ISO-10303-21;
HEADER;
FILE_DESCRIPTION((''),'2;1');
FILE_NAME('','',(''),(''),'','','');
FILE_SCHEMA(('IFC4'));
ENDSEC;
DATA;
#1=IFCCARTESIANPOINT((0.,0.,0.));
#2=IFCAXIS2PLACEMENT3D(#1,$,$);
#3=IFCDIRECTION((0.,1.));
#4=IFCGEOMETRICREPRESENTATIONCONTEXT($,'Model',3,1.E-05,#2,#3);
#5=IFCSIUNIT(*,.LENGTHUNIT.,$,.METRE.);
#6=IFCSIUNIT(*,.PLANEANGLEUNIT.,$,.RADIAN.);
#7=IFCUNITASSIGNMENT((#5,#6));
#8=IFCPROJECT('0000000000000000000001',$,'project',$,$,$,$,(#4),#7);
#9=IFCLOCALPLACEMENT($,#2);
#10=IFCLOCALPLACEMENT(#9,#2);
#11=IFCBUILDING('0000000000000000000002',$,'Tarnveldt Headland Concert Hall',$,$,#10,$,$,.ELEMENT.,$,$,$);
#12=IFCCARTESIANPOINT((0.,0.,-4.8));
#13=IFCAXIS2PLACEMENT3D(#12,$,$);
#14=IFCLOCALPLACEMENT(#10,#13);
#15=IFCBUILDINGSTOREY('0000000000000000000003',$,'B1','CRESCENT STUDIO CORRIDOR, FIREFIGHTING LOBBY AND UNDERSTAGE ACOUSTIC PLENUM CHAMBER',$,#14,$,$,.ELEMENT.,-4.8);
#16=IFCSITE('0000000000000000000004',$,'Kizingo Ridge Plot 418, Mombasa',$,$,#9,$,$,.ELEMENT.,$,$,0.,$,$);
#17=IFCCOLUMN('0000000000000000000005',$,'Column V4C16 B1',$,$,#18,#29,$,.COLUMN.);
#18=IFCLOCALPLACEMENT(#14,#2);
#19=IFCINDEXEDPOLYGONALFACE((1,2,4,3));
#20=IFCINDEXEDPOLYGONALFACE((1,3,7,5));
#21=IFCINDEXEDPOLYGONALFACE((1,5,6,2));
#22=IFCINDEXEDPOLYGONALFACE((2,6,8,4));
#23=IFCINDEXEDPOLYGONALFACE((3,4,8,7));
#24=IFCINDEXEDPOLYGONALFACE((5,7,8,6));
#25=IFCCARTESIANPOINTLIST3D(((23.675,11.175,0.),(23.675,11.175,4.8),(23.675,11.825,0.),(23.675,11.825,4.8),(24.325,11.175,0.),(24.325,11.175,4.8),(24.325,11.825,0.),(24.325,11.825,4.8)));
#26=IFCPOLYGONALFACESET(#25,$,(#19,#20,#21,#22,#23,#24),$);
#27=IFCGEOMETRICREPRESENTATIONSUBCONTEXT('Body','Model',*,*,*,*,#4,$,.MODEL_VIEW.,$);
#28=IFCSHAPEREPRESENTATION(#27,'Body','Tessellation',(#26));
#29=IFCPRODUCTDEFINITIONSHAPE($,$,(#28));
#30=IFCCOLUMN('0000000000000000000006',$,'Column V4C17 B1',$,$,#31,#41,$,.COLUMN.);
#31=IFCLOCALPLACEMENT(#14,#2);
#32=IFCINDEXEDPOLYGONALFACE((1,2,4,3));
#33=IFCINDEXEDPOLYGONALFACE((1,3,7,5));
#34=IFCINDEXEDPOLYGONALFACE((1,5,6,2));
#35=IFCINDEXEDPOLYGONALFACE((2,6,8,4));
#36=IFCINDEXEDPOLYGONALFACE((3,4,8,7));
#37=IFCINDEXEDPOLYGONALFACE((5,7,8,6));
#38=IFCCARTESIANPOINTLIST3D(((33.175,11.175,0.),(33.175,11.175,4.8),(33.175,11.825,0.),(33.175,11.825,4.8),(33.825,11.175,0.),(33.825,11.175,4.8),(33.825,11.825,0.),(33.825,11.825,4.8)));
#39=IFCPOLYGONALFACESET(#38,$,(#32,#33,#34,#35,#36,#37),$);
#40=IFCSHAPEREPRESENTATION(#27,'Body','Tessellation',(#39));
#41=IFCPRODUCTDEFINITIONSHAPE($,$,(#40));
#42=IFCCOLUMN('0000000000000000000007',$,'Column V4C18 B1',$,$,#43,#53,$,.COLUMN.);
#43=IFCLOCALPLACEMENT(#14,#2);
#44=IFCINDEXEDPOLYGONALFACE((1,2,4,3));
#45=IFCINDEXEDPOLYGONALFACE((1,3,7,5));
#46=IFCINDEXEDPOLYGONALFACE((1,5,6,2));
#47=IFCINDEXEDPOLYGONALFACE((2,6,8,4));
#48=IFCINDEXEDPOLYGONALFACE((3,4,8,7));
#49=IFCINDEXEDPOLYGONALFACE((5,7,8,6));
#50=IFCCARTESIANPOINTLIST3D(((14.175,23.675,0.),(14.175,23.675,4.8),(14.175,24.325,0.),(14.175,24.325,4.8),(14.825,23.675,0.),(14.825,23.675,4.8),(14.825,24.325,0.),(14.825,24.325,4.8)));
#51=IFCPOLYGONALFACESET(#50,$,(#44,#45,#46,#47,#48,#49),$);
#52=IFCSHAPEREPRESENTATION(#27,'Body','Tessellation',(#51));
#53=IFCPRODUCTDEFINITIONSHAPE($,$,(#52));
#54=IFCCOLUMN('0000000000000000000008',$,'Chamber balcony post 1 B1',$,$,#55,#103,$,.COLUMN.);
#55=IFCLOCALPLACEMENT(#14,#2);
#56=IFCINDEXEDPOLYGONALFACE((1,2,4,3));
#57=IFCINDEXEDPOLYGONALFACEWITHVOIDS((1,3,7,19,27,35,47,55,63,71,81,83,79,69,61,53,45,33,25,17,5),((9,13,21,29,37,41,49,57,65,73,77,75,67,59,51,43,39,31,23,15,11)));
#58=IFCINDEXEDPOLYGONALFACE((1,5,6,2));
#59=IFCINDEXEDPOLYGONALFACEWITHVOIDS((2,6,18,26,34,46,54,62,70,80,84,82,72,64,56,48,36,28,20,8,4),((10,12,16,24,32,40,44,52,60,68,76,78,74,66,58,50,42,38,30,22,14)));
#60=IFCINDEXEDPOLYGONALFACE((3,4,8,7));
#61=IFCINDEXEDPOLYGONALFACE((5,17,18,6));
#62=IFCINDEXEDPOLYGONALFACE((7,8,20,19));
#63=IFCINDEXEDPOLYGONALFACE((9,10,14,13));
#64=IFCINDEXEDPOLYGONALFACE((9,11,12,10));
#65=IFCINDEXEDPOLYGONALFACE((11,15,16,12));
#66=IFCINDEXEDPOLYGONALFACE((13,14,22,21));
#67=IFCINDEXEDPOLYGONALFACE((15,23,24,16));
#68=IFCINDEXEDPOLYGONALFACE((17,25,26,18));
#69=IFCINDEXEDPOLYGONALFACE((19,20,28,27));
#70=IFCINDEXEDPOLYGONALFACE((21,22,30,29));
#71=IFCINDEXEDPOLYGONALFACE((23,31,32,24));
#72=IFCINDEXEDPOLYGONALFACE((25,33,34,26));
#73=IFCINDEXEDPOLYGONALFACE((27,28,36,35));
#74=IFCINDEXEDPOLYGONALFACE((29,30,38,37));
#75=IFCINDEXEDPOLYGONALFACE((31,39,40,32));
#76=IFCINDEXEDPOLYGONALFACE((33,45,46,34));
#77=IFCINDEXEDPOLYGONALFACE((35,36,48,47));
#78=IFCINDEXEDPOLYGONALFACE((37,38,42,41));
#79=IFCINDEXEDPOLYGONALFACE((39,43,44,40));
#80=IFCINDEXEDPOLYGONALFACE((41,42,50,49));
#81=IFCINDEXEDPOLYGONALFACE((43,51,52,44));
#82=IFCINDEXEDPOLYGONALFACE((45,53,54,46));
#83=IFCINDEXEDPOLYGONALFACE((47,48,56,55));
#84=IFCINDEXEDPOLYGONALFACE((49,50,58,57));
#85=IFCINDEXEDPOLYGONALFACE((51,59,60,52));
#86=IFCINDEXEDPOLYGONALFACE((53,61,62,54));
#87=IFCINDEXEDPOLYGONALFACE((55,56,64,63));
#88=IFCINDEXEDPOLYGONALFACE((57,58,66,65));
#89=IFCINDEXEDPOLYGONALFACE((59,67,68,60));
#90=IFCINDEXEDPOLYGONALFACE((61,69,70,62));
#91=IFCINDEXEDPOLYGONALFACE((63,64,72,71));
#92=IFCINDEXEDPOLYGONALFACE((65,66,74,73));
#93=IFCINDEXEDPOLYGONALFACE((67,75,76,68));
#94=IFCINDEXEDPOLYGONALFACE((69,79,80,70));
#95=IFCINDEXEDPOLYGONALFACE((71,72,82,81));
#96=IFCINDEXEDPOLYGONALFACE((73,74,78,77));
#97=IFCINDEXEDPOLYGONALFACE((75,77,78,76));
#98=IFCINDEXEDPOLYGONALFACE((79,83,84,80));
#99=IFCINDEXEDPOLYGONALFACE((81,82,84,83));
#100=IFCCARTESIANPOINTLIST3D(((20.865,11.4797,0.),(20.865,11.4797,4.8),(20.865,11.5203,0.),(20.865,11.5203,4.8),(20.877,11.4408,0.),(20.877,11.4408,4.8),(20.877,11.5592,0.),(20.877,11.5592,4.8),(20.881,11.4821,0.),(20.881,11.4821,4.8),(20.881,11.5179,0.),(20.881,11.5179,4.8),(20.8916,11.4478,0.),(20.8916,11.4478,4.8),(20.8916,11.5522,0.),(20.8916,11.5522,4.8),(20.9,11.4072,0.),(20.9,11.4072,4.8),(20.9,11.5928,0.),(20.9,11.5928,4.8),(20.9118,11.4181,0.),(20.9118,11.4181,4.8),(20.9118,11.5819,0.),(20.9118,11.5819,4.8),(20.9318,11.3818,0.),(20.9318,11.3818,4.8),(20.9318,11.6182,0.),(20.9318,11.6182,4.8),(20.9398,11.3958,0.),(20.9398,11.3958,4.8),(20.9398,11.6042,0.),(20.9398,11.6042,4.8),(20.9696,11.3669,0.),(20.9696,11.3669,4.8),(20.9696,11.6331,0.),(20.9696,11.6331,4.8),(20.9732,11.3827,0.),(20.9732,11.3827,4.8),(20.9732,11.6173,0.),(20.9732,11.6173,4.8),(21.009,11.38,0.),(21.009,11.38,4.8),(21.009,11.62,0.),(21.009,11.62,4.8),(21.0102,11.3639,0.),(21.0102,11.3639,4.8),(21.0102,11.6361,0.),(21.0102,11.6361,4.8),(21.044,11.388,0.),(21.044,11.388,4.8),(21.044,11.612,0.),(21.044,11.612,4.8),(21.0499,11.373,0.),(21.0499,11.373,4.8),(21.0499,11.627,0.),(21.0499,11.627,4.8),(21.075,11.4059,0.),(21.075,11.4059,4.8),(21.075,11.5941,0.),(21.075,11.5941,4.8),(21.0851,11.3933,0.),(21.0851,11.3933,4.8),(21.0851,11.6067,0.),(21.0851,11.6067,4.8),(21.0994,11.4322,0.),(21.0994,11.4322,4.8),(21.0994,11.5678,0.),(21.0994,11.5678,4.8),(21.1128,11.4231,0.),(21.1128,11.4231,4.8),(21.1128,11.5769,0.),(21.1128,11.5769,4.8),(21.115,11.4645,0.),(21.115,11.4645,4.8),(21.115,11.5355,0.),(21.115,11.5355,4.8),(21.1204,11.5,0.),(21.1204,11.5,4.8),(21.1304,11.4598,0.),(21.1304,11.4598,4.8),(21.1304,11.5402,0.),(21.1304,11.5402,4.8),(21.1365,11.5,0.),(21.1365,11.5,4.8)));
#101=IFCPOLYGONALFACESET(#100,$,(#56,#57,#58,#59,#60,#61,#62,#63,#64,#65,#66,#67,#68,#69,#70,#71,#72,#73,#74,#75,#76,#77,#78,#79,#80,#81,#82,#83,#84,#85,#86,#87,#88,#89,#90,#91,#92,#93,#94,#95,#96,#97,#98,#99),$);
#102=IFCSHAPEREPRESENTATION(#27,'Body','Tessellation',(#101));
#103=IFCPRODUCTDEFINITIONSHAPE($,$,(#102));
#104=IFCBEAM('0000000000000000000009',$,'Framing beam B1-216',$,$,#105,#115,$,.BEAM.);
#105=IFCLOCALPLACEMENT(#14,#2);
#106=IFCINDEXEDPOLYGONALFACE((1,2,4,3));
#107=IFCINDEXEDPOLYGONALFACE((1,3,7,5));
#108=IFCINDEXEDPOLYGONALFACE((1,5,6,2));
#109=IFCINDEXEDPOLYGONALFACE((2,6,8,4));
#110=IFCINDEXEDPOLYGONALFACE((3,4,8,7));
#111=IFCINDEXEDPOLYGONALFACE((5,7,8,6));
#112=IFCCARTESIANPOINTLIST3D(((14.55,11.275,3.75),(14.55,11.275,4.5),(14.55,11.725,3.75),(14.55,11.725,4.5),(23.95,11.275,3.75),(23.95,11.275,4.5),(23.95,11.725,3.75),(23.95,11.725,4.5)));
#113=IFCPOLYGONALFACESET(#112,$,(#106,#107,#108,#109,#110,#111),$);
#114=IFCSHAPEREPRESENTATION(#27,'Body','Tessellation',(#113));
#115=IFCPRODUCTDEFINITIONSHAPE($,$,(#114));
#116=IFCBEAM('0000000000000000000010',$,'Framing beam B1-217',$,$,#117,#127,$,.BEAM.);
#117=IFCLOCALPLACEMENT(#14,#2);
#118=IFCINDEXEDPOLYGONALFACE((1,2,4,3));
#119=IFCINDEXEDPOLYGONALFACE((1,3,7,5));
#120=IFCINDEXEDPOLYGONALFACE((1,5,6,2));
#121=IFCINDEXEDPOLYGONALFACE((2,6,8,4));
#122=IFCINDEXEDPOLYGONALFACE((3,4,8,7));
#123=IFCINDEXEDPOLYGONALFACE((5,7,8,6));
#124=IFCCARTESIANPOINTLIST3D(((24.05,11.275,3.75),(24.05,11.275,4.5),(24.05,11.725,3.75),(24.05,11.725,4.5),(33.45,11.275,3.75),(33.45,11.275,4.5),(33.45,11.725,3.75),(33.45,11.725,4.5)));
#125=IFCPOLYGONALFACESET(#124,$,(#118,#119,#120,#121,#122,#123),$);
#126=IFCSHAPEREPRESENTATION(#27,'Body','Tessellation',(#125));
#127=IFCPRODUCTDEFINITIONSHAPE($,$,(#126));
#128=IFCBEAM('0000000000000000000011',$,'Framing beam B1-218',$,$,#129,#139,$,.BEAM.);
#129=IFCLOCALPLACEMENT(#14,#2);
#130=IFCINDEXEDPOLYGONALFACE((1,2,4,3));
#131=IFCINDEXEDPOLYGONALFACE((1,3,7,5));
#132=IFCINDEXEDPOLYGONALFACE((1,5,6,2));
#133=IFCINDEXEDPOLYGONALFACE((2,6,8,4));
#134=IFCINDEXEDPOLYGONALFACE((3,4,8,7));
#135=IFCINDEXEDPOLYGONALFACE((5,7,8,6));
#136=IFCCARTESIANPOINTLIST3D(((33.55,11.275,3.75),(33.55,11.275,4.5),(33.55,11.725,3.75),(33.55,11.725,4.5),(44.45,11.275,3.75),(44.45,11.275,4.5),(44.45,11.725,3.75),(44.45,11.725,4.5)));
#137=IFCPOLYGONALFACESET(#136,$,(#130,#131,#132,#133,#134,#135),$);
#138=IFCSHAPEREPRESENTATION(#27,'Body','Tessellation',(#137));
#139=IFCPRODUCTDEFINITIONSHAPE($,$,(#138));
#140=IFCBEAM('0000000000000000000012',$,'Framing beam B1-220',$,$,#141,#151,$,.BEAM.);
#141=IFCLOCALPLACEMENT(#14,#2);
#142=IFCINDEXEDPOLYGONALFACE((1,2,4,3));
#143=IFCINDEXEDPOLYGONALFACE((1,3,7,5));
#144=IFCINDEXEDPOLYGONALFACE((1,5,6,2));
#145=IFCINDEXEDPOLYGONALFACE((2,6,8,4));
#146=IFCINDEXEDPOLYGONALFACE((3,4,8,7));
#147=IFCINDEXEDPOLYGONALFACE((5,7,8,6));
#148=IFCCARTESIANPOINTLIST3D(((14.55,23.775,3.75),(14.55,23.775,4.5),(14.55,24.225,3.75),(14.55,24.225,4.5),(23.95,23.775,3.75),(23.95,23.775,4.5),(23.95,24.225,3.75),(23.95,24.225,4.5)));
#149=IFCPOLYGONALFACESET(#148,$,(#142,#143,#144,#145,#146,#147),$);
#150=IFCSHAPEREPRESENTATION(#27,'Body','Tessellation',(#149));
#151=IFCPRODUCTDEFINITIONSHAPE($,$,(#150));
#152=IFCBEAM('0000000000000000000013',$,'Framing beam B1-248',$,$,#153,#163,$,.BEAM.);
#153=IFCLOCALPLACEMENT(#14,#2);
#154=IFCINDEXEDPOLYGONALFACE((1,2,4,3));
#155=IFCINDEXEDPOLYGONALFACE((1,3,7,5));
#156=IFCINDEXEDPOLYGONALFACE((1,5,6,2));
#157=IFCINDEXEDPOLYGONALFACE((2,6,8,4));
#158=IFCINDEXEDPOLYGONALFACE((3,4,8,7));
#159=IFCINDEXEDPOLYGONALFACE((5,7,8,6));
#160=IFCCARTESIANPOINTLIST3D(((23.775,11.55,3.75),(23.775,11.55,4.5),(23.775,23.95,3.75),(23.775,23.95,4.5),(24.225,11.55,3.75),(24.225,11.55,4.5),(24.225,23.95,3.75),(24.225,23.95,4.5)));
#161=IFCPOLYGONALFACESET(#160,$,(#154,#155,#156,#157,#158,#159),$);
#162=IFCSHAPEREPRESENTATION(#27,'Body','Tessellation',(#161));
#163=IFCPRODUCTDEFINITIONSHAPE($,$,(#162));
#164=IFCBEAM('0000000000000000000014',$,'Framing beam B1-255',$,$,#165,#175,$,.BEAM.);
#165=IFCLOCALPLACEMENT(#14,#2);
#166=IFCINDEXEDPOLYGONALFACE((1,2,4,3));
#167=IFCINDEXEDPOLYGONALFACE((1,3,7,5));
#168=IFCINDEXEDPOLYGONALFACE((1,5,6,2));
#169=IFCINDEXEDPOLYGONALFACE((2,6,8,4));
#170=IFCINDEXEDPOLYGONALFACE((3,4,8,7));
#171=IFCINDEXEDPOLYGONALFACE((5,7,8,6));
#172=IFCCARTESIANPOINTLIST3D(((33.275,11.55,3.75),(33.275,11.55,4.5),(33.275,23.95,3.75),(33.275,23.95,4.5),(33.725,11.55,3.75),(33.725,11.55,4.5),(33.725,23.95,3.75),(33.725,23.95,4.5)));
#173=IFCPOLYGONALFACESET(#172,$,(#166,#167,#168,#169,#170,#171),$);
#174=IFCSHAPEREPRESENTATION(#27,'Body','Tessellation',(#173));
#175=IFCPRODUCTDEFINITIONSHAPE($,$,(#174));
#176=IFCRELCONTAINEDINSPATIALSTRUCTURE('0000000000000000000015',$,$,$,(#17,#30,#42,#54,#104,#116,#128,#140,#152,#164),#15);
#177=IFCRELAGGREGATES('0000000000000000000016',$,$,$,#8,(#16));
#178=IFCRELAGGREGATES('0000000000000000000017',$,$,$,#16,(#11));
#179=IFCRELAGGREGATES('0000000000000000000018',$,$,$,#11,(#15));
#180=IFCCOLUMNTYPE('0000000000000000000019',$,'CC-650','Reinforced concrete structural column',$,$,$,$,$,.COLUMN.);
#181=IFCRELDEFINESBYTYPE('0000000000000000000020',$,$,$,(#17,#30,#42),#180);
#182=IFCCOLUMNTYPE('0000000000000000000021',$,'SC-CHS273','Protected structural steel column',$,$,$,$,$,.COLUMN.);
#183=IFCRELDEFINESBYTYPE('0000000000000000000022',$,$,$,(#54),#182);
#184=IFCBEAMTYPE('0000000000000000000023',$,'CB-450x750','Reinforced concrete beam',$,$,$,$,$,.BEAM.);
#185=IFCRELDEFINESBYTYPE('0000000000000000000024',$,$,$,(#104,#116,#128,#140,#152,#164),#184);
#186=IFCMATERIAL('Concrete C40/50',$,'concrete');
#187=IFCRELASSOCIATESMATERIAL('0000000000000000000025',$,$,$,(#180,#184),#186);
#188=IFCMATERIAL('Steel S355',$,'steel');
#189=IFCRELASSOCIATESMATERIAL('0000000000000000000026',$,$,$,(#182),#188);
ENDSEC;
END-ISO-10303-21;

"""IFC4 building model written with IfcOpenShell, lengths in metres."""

from ifc_helpers import new_model, si_unit, direction, frame, origin, origin_2d, place, context, subcontext, project, spatial, rectangle, hollow_circle, extrude, material, material_profile, profile_set, type_object, element, save


model = new_model("IFC4")

# Units and contexts
model_context = context("Model", 3, precision=1e-05, world=origin(), true_north=direction((0.0, 1.0)))
body_context = subcontext(model_context, "Body", "Model", "MODEL_VIEW")
ifc_project = project(units=[si_unit("LENGTHUNIT", "METRE"), si_unit("PLANEANGLEUNIT", "RADIAN")], contexts=[model_context])

# Site, building, storey
site_placement = place(None, origin())
site = spatial("IfcSite", under=ifc_project, at=site_placement, Name="Kizingo Ridge Plot 418, Mombasa", CompositionType="ELEMENT", RefElevation=0.0)
building_placement = place(site_placement, origin())
building = spatial("IfcBuilding", under=site, at=building_placement, Name="Tarnveldt Headland Concert Hall", CompositionType="ELEMENT")
storey_placement = place(building_placement, frame((0.0, 0.0, -4.8)))
storey = spatial("IfcBuildingStorey", under=building, at=storey_placement, Name="B1", Description="CRESCENT STUDIO CORRIDOR, FIREFIGHTING LOBBY AND UNDERSTAGE ACOUSTIC PLENUM CHAMBER", CompositionType="ELEMENT", Elevation=-4.8)

# Shared definitions
ifc_material_1 = material(Name="Concrete C40/50", Category="concrete")

# Columns
ifc_material_profile_1 = material_profile(ifc_material_1, rectangle(XDim=0.6499, YDim=0.6499, at=origin_2d()), Name="RC 650x650", Category="concrete")
ifc_profile_set_1 = profile_set([ifc_material_profile_1], Name="Concrete C40/50")
column_type_1 = type_object("IfcColumnType", Name="CC-650", Description="Reinforced concrete structural column", PredefinedType="COLUMN", material=ifc_profile_set_1)
for number, where, z_axis, x_axis, name in (
    (1, (24.0, 11.5, 0.0), (0.0, 0.0, 1.0), (1.0, 0.0, 0.0), "Column V4C16 B1"),
    (2, (33.5, 11.5, 0.0), (0.0, 0.0, 1.0), (1.0, 0.0, 0.0), "Column V4C17 B1"),
    (3, (14.5, 24.0, 0.0), (0.0, 0.0, 1.0), (1.0, 0.0, 0.0), "Column V4C18 B1"),
):
    element("IfcColumn", number, at=place(storey_placement, frame(where, z_axis=z_axis, x_axis=x_axis)), inside=storey, type_object=column_type_1, Name=name, PredefinedType="COLUMN", context=body_context, shape_type="SweptSolid", body=[
        extrude(rectangle(XDim=0.6499, YDim=0.6499, at=origin_2d()), origin(), (0.0, 0.0, 1.0), 4.8),
    ])
ifc_material_2 = material(Name="Steel S355", Category="steel")
ifc_material_profile_2 = material_profile(ifc_material_2, hollow_circle(Radius=0.1365, WallThickness=0.0161, at=origin_2d()), Name="CHS 273x16", Category="steel")
ifc_profile_set_2 = profile_set([ifc_material_profile_2], Name="Steel S355")
column_type_2 = type_object("IfcColumnType", Name="SC-CHS273", Description="Protected structural steel column", PredefinedType="COLUMN", material=ifc_profile_set_2)
column_placement = place(storey_placement, frame((21.0, 11.5, 0.0), z_axis=(0.0, 0.0, 1.0), x_axis=(1.0, 0.0, 0.0)))
element("IfcColumn", 4, at=column_placement, inside=storey, type_object=column_type_2, Name="Chamber balcony post 1 B1", PredefinedType="COLUMN", context=body_context, shape_type="SweptSolid", body=[
    extrude(hollow_circle(Radius=0.1365, WallThickness=0.0161, at=origin_2d()), origin(), (0.0, 0.0, 1.0), 4.8),
])

# Beams
ifc_material_profile_3 = material_profile(ifc_material_1, rectangle(XDim=0.45, YDim=0.75, at=origin_2d()), Name="RC 450x750", Category="concrete")
ifc_profile_set_3 = profile_set([ifc_material_profile_3], Name="Concrete C40/50")
beam_type_1 = type_object("IfcBeamType", Name="CB-450x750", Description="Reinforced concrete beam", PredefinedType="BEAM", material=ifc_profile_set_3)
for number, where, z_axis, x_axis, name in (
    (5, (14.55, 11.5, 4.125), (1.0, 0.0, 0.0), (0.0, 1.0, 0.0), "Framing beam B1-216"),
    (6, (24.05, 11.5, 4.125), (1.0, 0.0, 0.0), (0.0, 1.0, 0.0), "Framing beam B1-217"),
):
    element("IfcBeam", number, at=place(storey_placement, frame(where, z_axis=z_axis, x_axis=x_axis)), inside=storey, type_object=beam_type_1, Name=name, PredefinedType="BEAM", context=body_context, shape_type="SweptSolid", body=[
        extrude(rectangle(XDim=0.45, YDim=0.75, at=origin_2d()), origin(), (0.0, 0.0, 1.0), 9.3999),
    ])
beam_1_placement = place(storey_placement, frame((33.55, 11.5, 4.125), z_axis=(1.0, 0.0, 0.0), x_axis=(0.0, 1.0, 0.0)))
element("IfcBeam", 7, at=beam_1_placement, inside=storey, type_object=beam_type_1, Name="Framing beam B1-218", PredefinedType="BEAM", context=body_context, shape_type="SweptSolid", body=[
    extrude(rectangle(XDim=0.45, YDim=0.75, at=origin_2d()), origin(), (0.0, 0.0, 1.0), 10.8999),
])
beam_2_placement = place(storey_placement, frame((14.55, 24.0, 4.125), z_axis=(1.0, 0.0, 0.0), x_axis=(0.0, 1.0, 0.0)))
element("IfcBeam", 8, at=beam_2_placement, inside=storey, type_object=beam_type_1, Name="Framing beam B1-220", PredefinedType="BEAM", context=body_context, shape_type="SweptSolid", body=[
    extrude(rectangle(XDim=0.45, YDim=0.75, at=origin_2d()), origin(), (0.0, 0.0, 1.0), 9.3999),
])
for number, where, z_axis, x_axis, name in (
    (9, (24.0, 11.55, 4.125), (0.0, 1.0, 0.0), (-1.0, 0.0, 0.0), "Framing beam B1-248"),
    (10, (33.5, 11.55, 4.125), (0.0, 1.0, 0.0), (-1.0, 0.0, 0.0), "Framing beam B1-255"),
):
    element("IfcBeam", number, at=place(storey_placement, frame(where, z_axis=z_axis, x_axis=x_axis)), inside=storey, type_object=beam_type_1, Name=name, PredefinedType="BEAM", context=body_context, shape_type="SweptSolid", body=[
        extrude(rectangle(XDim=0.45, YDim=0.75, at=origin_2d()), origin(), (0.0, 0.0, 1.0), 12.3999),
    ])

save(model, "model.ifc")
